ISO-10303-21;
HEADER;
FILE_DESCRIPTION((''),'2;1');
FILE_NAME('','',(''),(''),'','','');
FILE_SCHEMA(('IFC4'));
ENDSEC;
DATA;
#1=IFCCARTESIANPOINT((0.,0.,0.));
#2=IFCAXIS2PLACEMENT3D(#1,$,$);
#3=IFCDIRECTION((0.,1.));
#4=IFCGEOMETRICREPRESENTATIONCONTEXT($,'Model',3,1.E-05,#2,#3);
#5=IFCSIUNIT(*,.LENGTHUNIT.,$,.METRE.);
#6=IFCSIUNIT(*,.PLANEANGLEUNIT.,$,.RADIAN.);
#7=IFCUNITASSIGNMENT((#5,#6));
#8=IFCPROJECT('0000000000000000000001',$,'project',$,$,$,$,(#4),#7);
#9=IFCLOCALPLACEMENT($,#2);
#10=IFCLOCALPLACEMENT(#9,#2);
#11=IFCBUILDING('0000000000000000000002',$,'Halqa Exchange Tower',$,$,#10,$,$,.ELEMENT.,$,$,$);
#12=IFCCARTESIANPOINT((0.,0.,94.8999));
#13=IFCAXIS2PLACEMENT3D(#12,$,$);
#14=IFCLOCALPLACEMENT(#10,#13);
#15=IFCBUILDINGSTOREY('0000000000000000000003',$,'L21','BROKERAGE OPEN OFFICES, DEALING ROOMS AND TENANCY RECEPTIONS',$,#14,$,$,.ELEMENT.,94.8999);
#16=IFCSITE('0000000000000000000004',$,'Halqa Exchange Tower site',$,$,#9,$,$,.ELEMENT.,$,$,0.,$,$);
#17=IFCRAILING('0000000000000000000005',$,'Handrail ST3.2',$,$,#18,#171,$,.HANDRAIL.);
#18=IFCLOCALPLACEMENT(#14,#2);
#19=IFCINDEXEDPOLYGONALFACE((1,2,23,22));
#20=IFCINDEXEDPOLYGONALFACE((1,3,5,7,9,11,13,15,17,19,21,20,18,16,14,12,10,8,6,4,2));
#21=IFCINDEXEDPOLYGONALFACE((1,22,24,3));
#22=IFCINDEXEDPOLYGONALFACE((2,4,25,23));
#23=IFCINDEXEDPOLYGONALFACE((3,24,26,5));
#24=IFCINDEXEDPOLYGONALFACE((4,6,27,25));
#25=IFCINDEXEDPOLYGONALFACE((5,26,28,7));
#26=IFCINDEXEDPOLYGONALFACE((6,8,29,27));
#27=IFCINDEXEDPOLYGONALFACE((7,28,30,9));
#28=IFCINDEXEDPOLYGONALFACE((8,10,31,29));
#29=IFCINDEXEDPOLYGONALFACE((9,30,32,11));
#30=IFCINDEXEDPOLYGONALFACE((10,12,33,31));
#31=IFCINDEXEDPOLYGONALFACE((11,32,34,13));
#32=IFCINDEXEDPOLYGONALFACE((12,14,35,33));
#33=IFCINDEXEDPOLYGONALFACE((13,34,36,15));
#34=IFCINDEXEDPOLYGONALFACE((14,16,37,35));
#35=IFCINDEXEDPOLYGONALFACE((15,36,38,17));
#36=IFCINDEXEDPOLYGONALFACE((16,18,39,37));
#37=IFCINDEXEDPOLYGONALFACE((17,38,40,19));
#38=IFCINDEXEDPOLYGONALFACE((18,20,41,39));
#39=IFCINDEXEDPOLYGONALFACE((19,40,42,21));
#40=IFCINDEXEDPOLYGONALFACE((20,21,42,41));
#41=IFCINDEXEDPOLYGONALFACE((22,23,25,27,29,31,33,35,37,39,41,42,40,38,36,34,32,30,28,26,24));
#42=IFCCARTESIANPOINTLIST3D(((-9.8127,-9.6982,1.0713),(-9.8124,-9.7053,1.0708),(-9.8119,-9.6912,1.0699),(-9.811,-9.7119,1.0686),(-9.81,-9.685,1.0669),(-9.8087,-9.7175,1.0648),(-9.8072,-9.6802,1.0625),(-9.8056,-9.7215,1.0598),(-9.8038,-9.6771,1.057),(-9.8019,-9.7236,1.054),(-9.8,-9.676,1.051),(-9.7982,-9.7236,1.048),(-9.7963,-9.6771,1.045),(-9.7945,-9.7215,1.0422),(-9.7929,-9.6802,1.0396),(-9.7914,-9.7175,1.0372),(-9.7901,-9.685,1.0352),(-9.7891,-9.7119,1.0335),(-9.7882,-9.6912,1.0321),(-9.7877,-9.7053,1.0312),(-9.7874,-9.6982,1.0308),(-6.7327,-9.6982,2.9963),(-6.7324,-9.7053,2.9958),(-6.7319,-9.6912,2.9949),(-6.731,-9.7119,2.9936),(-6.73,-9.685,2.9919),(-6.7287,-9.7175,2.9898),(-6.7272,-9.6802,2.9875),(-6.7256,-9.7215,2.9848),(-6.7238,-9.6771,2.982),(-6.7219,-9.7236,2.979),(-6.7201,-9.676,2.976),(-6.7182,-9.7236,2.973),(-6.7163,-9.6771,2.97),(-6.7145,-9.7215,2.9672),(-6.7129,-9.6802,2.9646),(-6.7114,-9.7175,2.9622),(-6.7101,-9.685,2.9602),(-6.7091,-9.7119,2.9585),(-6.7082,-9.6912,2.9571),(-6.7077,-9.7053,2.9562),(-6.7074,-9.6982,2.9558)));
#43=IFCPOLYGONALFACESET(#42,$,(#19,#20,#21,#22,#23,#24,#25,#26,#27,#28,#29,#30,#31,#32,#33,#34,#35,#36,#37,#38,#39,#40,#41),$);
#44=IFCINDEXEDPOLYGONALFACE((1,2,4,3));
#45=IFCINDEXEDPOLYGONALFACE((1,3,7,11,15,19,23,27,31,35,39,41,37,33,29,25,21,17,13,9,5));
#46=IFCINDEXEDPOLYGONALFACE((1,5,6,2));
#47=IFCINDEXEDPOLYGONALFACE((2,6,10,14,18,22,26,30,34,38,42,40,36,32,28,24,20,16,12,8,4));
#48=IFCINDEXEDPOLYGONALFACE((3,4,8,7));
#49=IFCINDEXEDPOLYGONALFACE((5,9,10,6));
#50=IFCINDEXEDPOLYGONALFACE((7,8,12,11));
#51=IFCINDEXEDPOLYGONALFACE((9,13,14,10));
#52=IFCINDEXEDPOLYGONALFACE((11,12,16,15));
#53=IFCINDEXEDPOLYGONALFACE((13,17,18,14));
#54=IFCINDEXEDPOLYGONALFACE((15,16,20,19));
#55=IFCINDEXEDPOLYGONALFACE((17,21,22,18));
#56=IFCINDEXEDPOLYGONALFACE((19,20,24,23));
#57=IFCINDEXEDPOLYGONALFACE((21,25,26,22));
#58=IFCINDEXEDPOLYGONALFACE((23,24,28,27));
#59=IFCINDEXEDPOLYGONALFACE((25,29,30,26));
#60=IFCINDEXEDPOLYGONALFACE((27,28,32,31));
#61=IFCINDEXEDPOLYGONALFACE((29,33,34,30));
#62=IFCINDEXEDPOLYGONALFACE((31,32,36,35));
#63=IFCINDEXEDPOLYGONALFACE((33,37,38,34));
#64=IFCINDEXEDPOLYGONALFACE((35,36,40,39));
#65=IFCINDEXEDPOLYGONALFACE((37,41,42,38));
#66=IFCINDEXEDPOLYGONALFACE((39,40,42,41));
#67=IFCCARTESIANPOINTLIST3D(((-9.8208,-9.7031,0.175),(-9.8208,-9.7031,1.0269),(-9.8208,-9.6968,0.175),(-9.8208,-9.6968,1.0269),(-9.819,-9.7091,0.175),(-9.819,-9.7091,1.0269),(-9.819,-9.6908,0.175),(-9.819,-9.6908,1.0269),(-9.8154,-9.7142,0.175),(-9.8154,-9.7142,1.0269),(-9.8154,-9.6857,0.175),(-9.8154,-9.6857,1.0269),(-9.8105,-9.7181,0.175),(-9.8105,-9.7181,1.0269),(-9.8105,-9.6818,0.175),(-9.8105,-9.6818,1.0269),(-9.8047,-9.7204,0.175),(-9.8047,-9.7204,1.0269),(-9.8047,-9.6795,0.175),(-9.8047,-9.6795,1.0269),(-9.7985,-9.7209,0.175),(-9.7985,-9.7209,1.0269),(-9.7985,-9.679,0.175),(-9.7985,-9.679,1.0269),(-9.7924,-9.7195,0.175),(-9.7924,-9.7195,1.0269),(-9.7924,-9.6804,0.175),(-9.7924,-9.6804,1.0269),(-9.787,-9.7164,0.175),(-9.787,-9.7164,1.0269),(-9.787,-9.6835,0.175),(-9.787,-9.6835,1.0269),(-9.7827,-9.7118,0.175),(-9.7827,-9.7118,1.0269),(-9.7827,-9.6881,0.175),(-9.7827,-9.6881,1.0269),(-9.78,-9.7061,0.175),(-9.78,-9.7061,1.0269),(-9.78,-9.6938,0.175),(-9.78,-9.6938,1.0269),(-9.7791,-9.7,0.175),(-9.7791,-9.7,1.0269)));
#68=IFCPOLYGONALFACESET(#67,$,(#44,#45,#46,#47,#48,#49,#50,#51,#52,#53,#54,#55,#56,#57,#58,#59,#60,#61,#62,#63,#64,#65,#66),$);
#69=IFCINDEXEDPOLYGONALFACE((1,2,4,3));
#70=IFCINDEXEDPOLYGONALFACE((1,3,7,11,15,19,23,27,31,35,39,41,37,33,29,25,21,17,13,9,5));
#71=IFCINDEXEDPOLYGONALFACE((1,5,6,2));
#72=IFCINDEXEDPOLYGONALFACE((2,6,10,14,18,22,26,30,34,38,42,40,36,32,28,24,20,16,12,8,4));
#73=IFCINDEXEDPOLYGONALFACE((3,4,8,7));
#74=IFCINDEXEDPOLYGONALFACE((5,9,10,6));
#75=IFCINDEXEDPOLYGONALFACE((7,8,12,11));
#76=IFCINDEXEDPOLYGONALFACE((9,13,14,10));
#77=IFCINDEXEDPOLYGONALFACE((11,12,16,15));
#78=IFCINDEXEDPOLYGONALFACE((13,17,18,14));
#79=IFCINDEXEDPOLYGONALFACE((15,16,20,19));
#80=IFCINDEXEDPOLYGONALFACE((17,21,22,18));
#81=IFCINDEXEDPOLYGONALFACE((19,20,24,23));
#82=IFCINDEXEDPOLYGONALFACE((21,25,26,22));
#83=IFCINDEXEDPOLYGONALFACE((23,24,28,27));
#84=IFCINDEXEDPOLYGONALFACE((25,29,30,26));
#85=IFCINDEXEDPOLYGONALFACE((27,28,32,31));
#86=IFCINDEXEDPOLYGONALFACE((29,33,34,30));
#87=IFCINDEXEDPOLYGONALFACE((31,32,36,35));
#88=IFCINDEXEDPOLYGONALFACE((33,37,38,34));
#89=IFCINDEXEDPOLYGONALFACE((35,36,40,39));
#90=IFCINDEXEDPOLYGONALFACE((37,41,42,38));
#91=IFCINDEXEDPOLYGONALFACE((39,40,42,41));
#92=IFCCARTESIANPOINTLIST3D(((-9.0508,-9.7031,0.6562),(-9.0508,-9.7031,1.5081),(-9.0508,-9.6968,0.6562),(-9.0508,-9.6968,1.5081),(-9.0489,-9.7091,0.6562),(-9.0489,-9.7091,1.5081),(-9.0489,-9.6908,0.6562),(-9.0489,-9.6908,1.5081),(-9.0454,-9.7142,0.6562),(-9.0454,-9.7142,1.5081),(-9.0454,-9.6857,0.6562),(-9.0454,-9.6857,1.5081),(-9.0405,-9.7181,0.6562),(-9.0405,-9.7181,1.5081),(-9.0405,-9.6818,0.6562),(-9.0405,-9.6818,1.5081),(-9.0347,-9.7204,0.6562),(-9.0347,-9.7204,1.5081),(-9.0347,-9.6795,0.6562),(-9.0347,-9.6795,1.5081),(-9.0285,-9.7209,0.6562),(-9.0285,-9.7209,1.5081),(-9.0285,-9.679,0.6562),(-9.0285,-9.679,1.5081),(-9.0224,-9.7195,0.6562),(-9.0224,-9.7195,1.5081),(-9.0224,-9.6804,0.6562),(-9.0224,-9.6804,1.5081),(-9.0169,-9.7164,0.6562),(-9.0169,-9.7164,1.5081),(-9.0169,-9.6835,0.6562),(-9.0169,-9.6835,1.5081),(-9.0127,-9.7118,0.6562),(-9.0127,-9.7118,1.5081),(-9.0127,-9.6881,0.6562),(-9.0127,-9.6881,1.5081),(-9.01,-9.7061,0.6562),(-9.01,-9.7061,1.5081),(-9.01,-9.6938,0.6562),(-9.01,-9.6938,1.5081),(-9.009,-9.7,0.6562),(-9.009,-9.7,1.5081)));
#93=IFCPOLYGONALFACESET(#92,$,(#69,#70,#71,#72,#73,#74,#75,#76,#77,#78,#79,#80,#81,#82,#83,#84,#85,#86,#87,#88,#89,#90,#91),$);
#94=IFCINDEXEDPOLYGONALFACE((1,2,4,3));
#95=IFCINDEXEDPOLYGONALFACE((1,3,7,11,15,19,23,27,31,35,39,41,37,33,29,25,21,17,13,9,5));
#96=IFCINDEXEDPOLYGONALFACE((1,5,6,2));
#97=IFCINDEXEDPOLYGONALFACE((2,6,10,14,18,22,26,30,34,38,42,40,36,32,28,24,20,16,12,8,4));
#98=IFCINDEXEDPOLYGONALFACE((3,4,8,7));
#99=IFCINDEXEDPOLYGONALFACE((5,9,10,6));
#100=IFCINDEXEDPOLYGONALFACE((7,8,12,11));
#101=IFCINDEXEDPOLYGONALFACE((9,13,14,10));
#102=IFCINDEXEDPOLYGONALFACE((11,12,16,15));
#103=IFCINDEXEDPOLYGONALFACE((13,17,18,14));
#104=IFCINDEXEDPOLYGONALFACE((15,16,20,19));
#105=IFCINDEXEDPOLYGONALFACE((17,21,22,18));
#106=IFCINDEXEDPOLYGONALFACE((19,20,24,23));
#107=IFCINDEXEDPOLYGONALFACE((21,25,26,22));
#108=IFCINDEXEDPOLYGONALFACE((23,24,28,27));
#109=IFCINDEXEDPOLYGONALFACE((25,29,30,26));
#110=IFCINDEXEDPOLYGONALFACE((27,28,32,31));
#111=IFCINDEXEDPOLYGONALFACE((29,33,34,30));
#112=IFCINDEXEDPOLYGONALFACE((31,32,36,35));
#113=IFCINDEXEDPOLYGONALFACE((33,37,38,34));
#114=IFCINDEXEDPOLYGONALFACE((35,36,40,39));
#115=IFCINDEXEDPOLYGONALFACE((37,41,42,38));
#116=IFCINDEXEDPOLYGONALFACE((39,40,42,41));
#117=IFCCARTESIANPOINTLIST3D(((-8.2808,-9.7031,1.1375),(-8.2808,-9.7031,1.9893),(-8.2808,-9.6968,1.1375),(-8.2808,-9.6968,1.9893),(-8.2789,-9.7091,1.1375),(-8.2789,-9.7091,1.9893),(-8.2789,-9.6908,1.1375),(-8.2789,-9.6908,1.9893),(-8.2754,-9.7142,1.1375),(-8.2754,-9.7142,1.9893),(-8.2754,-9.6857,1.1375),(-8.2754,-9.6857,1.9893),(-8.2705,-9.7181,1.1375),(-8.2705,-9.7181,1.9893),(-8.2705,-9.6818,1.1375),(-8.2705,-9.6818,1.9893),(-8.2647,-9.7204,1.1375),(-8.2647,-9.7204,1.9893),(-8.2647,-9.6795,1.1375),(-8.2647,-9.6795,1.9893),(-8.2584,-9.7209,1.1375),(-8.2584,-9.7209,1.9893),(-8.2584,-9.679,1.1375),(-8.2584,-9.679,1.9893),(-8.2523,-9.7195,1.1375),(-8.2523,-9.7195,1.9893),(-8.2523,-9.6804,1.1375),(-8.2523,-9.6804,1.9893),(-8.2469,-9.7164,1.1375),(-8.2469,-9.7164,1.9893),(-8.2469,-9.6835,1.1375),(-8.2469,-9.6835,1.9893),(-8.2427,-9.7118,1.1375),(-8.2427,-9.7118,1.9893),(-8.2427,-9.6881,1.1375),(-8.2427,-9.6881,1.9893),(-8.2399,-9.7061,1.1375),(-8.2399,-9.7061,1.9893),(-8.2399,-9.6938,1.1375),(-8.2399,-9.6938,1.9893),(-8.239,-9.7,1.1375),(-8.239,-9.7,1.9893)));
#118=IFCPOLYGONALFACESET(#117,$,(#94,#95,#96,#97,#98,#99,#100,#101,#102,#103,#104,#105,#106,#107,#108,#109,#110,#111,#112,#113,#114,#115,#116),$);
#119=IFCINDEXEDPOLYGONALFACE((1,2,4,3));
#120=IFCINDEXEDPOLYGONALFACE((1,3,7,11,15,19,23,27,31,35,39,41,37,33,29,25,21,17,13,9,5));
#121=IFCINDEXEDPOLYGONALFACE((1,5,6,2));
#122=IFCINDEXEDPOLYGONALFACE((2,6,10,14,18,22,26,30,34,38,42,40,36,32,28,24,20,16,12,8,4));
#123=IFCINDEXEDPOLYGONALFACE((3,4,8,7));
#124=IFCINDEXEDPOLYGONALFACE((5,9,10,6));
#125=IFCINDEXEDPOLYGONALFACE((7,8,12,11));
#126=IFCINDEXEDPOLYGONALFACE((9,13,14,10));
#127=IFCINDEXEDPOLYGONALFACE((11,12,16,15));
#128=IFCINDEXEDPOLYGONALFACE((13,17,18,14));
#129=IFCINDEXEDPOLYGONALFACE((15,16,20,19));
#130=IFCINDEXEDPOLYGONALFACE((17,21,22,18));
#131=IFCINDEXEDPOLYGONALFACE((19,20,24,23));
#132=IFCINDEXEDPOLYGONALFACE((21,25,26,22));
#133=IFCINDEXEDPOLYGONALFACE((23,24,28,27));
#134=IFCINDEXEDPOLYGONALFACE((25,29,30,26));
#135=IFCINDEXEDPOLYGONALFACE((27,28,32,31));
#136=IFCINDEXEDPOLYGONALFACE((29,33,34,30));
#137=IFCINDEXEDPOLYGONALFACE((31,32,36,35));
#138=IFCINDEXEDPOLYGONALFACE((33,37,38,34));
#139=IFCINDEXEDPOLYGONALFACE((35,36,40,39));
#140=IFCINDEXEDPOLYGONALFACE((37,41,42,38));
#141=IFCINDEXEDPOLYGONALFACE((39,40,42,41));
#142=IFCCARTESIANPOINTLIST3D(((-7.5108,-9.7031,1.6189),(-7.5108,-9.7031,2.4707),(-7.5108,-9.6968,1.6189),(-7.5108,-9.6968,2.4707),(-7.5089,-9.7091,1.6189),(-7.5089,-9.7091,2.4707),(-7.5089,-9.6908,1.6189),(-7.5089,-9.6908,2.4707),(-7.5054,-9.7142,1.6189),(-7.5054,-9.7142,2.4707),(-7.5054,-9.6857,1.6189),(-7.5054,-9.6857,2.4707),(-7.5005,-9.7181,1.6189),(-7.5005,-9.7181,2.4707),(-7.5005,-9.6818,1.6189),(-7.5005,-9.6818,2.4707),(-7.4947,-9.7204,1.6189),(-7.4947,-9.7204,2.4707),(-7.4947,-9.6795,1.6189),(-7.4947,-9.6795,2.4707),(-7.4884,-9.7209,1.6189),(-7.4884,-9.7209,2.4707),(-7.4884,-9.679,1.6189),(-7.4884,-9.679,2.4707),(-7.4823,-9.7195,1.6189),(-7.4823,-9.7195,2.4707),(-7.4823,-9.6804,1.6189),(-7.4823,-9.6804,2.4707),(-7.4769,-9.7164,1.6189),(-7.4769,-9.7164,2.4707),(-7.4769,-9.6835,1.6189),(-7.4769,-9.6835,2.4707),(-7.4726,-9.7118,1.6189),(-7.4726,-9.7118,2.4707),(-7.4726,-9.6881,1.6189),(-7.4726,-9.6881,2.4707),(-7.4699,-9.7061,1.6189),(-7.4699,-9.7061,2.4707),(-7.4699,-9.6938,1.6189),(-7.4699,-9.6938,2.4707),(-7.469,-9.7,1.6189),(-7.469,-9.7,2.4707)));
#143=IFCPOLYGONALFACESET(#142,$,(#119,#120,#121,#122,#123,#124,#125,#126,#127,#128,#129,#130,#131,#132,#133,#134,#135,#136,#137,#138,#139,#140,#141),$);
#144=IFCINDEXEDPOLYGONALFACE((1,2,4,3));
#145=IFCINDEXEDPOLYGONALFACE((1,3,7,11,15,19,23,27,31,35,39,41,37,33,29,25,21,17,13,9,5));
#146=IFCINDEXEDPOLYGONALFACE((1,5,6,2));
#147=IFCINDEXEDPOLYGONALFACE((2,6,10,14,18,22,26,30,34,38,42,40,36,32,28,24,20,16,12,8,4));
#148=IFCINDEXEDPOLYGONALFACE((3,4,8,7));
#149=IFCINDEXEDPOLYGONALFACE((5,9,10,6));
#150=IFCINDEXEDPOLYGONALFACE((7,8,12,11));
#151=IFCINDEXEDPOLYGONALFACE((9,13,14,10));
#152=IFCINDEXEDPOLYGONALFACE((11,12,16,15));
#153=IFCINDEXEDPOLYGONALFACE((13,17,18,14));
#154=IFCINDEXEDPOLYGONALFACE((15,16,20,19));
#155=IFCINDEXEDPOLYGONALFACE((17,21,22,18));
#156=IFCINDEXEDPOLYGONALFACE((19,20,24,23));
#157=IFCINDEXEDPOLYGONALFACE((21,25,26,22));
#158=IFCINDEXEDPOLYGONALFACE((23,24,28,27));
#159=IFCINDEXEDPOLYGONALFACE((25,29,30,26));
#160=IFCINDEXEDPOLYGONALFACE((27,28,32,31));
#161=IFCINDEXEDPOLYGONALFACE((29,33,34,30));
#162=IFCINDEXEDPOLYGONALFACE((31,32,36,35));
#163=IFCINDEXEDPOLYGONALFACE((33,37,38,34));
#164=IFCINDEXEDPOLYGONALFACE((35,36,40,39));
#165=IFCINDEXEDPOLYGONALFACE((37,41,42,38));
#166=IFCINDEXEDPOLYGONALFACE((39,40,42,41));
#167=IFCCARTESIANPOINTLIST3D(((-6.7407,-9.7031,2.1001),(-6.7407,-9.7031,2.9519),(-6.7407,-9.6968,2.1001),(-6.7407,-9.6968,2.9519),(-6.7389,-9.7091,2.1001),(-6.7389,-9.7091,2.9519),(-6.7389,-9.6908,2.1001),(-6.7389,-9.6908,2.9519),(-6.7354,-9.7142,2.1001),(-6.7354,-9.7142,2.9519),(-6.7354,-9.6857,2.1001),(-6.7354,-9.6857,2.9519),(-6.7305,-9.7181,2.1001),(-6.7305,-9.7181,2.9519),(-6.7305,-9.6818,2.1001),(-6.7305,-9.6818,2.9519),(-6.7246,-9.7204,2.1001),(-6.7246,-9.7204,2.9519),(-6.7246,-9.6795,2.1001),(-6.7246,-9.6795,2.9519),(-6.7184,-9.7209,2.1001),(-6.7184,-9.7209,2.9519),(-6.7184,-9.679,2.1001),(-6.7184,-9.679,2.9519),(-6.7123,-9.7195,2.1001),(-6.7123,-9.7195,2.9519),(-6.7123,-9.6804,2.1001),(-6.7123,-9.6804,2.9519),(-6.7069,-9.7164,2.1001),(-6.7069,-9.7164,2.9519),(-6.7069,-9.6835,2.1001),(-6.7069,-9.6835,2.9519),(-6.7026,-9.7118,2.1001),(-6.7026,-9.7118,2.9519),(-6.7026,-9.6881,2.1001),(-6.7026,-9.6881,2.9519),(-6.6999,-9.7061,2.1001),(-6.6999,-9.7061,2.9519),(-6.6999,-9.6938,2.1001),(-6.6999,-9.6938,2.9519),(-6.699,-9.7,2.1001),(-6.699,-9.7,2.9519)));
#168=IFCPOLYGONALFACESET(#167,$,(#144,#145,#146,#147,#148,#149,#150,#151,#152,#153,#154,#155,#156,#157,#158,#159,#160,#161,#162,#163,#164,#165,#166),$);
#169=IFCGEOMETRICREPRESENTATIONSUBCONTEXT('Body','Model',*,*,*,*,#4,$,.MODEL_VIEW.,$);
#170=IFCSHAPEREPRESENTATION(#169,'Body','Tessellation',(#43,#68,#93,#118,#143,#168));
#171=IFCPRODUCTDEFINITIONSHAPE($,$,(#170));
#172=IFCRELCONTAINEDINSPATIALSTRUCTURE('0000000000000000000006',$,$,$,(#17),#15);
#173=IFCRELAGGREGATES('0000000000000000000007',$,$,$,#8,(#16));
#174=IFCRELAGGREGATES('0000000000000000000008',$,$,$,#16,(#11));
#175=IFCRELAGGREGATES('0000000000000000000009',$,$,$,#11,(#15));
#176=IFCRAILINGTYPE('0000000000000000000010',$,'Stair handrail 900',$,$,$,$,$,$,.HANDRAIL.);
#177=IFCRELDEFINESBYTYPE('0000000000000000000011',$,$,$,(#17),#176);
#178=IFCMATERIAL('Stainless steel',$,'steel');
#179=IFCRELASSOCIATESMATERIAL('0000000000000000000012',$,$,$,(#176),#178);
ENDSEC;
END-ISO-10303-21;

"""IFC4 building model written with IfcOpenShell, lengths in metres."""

from ifc_helpers import new_model, si_unit, direction, frame, origin, origin_2d, place, context, subcontext, project, spatial, circle, extrude, material, type_object, element, save


model = new_model("IFC4")

# Units and contexts
model_context = context("Model", 3, precision=1e-05, world=origin(), true_north=direction((0.0, 1.0)))
body_context = subcontext(model_context, "Body", "Model", "MODEL_VIEW")
ifc_project = project(units=[si_unit("LENGTHUNIT", "METRE"), si_unit("PLANEANGLEUNIT", "RADIAN")], contexts=[model_context])

# Site, building, storey
site_placement = place(None, origin())
site = spatial("IfcSite", under=ifc_project, at=site_placement, Name="Halqa Exchange Tower site", CompositionType="ELEMENT", RefElevation=0.0)
building_placement = place(site_placement, origin())
building = spatial("IfcBuilding", under=site, at=building_placement, Name="Halqa Exchange Tower", CompositionType="ELEMENT")
storey_placement = place(building_placement, frame((0.0, 0.0, 94.8999)))
storey = spatial("IfcBuildingStorey", under=building, at=storey_placement, Name="L21", Description="BROKERAGE OPEN OFFICES, DEALING ROOMS AND TENANCY RECEPTIONS", CompositionType="ELEMENT", Elevation=94.8999)

# Shared definitions
ifc_material_1 = material(Name="Stainless steel", Category="steel")

# Railing
railing_type_1 = type_object("IfcRailingType", Name="Stair handrail 900", PredefinedType="HANDRAIL", material=ifc_material_1)
railing_1_placement = place(storey_placement, frame((-9.8, -9.7, 0.175)))
element("IfcRailing", 1, at=railing_1_placement, inside=storey, type_object=railing_type_1, Name="Handrail ST3.2", PredefinedType="HANDRAIL", context=body_context, shape_type="SweptSolid", body=[
    extrude(circle(Radius=0.0239, at=origin_2d()), frame((0.0, 0.0, 0.876), z_axis=(0.847998, 0.0, 0.529999), x_axis=(0.0, 1.0, 0.0)), (0.0, 0.0, 1.0), 3.6321),
    extrude(circle(Radius=0.021, at=origin_2d()), origin(), (0.0, 0.0, 1.0), 0.8518),
    extrude(circle(Radius=0.021, at=origin_2d()), frame((0.77, 0.0, 0.4812)), (0.0, 0.0, 1.0), 0.8518),
    extrude(circle(Radius=0.021, at=origin_2d()), frame((1.54, 0.0, 0.9624)), (0.0, 0.0, 1.0), 0.8518),
    extrude(circle(Radius=0.021, at=origin_2d()), frame((2.3101, 0.0, 1.4438)), (0.0, 0.0, 1.0), 0.8518),
    extrude(circle(Radius=0.021, at=origin_2d()), frame((3.0801, 0.0, 1.925)), (0.0, 0.0, 1.0), 0.8518),
])

save(model, "model.ifc")
